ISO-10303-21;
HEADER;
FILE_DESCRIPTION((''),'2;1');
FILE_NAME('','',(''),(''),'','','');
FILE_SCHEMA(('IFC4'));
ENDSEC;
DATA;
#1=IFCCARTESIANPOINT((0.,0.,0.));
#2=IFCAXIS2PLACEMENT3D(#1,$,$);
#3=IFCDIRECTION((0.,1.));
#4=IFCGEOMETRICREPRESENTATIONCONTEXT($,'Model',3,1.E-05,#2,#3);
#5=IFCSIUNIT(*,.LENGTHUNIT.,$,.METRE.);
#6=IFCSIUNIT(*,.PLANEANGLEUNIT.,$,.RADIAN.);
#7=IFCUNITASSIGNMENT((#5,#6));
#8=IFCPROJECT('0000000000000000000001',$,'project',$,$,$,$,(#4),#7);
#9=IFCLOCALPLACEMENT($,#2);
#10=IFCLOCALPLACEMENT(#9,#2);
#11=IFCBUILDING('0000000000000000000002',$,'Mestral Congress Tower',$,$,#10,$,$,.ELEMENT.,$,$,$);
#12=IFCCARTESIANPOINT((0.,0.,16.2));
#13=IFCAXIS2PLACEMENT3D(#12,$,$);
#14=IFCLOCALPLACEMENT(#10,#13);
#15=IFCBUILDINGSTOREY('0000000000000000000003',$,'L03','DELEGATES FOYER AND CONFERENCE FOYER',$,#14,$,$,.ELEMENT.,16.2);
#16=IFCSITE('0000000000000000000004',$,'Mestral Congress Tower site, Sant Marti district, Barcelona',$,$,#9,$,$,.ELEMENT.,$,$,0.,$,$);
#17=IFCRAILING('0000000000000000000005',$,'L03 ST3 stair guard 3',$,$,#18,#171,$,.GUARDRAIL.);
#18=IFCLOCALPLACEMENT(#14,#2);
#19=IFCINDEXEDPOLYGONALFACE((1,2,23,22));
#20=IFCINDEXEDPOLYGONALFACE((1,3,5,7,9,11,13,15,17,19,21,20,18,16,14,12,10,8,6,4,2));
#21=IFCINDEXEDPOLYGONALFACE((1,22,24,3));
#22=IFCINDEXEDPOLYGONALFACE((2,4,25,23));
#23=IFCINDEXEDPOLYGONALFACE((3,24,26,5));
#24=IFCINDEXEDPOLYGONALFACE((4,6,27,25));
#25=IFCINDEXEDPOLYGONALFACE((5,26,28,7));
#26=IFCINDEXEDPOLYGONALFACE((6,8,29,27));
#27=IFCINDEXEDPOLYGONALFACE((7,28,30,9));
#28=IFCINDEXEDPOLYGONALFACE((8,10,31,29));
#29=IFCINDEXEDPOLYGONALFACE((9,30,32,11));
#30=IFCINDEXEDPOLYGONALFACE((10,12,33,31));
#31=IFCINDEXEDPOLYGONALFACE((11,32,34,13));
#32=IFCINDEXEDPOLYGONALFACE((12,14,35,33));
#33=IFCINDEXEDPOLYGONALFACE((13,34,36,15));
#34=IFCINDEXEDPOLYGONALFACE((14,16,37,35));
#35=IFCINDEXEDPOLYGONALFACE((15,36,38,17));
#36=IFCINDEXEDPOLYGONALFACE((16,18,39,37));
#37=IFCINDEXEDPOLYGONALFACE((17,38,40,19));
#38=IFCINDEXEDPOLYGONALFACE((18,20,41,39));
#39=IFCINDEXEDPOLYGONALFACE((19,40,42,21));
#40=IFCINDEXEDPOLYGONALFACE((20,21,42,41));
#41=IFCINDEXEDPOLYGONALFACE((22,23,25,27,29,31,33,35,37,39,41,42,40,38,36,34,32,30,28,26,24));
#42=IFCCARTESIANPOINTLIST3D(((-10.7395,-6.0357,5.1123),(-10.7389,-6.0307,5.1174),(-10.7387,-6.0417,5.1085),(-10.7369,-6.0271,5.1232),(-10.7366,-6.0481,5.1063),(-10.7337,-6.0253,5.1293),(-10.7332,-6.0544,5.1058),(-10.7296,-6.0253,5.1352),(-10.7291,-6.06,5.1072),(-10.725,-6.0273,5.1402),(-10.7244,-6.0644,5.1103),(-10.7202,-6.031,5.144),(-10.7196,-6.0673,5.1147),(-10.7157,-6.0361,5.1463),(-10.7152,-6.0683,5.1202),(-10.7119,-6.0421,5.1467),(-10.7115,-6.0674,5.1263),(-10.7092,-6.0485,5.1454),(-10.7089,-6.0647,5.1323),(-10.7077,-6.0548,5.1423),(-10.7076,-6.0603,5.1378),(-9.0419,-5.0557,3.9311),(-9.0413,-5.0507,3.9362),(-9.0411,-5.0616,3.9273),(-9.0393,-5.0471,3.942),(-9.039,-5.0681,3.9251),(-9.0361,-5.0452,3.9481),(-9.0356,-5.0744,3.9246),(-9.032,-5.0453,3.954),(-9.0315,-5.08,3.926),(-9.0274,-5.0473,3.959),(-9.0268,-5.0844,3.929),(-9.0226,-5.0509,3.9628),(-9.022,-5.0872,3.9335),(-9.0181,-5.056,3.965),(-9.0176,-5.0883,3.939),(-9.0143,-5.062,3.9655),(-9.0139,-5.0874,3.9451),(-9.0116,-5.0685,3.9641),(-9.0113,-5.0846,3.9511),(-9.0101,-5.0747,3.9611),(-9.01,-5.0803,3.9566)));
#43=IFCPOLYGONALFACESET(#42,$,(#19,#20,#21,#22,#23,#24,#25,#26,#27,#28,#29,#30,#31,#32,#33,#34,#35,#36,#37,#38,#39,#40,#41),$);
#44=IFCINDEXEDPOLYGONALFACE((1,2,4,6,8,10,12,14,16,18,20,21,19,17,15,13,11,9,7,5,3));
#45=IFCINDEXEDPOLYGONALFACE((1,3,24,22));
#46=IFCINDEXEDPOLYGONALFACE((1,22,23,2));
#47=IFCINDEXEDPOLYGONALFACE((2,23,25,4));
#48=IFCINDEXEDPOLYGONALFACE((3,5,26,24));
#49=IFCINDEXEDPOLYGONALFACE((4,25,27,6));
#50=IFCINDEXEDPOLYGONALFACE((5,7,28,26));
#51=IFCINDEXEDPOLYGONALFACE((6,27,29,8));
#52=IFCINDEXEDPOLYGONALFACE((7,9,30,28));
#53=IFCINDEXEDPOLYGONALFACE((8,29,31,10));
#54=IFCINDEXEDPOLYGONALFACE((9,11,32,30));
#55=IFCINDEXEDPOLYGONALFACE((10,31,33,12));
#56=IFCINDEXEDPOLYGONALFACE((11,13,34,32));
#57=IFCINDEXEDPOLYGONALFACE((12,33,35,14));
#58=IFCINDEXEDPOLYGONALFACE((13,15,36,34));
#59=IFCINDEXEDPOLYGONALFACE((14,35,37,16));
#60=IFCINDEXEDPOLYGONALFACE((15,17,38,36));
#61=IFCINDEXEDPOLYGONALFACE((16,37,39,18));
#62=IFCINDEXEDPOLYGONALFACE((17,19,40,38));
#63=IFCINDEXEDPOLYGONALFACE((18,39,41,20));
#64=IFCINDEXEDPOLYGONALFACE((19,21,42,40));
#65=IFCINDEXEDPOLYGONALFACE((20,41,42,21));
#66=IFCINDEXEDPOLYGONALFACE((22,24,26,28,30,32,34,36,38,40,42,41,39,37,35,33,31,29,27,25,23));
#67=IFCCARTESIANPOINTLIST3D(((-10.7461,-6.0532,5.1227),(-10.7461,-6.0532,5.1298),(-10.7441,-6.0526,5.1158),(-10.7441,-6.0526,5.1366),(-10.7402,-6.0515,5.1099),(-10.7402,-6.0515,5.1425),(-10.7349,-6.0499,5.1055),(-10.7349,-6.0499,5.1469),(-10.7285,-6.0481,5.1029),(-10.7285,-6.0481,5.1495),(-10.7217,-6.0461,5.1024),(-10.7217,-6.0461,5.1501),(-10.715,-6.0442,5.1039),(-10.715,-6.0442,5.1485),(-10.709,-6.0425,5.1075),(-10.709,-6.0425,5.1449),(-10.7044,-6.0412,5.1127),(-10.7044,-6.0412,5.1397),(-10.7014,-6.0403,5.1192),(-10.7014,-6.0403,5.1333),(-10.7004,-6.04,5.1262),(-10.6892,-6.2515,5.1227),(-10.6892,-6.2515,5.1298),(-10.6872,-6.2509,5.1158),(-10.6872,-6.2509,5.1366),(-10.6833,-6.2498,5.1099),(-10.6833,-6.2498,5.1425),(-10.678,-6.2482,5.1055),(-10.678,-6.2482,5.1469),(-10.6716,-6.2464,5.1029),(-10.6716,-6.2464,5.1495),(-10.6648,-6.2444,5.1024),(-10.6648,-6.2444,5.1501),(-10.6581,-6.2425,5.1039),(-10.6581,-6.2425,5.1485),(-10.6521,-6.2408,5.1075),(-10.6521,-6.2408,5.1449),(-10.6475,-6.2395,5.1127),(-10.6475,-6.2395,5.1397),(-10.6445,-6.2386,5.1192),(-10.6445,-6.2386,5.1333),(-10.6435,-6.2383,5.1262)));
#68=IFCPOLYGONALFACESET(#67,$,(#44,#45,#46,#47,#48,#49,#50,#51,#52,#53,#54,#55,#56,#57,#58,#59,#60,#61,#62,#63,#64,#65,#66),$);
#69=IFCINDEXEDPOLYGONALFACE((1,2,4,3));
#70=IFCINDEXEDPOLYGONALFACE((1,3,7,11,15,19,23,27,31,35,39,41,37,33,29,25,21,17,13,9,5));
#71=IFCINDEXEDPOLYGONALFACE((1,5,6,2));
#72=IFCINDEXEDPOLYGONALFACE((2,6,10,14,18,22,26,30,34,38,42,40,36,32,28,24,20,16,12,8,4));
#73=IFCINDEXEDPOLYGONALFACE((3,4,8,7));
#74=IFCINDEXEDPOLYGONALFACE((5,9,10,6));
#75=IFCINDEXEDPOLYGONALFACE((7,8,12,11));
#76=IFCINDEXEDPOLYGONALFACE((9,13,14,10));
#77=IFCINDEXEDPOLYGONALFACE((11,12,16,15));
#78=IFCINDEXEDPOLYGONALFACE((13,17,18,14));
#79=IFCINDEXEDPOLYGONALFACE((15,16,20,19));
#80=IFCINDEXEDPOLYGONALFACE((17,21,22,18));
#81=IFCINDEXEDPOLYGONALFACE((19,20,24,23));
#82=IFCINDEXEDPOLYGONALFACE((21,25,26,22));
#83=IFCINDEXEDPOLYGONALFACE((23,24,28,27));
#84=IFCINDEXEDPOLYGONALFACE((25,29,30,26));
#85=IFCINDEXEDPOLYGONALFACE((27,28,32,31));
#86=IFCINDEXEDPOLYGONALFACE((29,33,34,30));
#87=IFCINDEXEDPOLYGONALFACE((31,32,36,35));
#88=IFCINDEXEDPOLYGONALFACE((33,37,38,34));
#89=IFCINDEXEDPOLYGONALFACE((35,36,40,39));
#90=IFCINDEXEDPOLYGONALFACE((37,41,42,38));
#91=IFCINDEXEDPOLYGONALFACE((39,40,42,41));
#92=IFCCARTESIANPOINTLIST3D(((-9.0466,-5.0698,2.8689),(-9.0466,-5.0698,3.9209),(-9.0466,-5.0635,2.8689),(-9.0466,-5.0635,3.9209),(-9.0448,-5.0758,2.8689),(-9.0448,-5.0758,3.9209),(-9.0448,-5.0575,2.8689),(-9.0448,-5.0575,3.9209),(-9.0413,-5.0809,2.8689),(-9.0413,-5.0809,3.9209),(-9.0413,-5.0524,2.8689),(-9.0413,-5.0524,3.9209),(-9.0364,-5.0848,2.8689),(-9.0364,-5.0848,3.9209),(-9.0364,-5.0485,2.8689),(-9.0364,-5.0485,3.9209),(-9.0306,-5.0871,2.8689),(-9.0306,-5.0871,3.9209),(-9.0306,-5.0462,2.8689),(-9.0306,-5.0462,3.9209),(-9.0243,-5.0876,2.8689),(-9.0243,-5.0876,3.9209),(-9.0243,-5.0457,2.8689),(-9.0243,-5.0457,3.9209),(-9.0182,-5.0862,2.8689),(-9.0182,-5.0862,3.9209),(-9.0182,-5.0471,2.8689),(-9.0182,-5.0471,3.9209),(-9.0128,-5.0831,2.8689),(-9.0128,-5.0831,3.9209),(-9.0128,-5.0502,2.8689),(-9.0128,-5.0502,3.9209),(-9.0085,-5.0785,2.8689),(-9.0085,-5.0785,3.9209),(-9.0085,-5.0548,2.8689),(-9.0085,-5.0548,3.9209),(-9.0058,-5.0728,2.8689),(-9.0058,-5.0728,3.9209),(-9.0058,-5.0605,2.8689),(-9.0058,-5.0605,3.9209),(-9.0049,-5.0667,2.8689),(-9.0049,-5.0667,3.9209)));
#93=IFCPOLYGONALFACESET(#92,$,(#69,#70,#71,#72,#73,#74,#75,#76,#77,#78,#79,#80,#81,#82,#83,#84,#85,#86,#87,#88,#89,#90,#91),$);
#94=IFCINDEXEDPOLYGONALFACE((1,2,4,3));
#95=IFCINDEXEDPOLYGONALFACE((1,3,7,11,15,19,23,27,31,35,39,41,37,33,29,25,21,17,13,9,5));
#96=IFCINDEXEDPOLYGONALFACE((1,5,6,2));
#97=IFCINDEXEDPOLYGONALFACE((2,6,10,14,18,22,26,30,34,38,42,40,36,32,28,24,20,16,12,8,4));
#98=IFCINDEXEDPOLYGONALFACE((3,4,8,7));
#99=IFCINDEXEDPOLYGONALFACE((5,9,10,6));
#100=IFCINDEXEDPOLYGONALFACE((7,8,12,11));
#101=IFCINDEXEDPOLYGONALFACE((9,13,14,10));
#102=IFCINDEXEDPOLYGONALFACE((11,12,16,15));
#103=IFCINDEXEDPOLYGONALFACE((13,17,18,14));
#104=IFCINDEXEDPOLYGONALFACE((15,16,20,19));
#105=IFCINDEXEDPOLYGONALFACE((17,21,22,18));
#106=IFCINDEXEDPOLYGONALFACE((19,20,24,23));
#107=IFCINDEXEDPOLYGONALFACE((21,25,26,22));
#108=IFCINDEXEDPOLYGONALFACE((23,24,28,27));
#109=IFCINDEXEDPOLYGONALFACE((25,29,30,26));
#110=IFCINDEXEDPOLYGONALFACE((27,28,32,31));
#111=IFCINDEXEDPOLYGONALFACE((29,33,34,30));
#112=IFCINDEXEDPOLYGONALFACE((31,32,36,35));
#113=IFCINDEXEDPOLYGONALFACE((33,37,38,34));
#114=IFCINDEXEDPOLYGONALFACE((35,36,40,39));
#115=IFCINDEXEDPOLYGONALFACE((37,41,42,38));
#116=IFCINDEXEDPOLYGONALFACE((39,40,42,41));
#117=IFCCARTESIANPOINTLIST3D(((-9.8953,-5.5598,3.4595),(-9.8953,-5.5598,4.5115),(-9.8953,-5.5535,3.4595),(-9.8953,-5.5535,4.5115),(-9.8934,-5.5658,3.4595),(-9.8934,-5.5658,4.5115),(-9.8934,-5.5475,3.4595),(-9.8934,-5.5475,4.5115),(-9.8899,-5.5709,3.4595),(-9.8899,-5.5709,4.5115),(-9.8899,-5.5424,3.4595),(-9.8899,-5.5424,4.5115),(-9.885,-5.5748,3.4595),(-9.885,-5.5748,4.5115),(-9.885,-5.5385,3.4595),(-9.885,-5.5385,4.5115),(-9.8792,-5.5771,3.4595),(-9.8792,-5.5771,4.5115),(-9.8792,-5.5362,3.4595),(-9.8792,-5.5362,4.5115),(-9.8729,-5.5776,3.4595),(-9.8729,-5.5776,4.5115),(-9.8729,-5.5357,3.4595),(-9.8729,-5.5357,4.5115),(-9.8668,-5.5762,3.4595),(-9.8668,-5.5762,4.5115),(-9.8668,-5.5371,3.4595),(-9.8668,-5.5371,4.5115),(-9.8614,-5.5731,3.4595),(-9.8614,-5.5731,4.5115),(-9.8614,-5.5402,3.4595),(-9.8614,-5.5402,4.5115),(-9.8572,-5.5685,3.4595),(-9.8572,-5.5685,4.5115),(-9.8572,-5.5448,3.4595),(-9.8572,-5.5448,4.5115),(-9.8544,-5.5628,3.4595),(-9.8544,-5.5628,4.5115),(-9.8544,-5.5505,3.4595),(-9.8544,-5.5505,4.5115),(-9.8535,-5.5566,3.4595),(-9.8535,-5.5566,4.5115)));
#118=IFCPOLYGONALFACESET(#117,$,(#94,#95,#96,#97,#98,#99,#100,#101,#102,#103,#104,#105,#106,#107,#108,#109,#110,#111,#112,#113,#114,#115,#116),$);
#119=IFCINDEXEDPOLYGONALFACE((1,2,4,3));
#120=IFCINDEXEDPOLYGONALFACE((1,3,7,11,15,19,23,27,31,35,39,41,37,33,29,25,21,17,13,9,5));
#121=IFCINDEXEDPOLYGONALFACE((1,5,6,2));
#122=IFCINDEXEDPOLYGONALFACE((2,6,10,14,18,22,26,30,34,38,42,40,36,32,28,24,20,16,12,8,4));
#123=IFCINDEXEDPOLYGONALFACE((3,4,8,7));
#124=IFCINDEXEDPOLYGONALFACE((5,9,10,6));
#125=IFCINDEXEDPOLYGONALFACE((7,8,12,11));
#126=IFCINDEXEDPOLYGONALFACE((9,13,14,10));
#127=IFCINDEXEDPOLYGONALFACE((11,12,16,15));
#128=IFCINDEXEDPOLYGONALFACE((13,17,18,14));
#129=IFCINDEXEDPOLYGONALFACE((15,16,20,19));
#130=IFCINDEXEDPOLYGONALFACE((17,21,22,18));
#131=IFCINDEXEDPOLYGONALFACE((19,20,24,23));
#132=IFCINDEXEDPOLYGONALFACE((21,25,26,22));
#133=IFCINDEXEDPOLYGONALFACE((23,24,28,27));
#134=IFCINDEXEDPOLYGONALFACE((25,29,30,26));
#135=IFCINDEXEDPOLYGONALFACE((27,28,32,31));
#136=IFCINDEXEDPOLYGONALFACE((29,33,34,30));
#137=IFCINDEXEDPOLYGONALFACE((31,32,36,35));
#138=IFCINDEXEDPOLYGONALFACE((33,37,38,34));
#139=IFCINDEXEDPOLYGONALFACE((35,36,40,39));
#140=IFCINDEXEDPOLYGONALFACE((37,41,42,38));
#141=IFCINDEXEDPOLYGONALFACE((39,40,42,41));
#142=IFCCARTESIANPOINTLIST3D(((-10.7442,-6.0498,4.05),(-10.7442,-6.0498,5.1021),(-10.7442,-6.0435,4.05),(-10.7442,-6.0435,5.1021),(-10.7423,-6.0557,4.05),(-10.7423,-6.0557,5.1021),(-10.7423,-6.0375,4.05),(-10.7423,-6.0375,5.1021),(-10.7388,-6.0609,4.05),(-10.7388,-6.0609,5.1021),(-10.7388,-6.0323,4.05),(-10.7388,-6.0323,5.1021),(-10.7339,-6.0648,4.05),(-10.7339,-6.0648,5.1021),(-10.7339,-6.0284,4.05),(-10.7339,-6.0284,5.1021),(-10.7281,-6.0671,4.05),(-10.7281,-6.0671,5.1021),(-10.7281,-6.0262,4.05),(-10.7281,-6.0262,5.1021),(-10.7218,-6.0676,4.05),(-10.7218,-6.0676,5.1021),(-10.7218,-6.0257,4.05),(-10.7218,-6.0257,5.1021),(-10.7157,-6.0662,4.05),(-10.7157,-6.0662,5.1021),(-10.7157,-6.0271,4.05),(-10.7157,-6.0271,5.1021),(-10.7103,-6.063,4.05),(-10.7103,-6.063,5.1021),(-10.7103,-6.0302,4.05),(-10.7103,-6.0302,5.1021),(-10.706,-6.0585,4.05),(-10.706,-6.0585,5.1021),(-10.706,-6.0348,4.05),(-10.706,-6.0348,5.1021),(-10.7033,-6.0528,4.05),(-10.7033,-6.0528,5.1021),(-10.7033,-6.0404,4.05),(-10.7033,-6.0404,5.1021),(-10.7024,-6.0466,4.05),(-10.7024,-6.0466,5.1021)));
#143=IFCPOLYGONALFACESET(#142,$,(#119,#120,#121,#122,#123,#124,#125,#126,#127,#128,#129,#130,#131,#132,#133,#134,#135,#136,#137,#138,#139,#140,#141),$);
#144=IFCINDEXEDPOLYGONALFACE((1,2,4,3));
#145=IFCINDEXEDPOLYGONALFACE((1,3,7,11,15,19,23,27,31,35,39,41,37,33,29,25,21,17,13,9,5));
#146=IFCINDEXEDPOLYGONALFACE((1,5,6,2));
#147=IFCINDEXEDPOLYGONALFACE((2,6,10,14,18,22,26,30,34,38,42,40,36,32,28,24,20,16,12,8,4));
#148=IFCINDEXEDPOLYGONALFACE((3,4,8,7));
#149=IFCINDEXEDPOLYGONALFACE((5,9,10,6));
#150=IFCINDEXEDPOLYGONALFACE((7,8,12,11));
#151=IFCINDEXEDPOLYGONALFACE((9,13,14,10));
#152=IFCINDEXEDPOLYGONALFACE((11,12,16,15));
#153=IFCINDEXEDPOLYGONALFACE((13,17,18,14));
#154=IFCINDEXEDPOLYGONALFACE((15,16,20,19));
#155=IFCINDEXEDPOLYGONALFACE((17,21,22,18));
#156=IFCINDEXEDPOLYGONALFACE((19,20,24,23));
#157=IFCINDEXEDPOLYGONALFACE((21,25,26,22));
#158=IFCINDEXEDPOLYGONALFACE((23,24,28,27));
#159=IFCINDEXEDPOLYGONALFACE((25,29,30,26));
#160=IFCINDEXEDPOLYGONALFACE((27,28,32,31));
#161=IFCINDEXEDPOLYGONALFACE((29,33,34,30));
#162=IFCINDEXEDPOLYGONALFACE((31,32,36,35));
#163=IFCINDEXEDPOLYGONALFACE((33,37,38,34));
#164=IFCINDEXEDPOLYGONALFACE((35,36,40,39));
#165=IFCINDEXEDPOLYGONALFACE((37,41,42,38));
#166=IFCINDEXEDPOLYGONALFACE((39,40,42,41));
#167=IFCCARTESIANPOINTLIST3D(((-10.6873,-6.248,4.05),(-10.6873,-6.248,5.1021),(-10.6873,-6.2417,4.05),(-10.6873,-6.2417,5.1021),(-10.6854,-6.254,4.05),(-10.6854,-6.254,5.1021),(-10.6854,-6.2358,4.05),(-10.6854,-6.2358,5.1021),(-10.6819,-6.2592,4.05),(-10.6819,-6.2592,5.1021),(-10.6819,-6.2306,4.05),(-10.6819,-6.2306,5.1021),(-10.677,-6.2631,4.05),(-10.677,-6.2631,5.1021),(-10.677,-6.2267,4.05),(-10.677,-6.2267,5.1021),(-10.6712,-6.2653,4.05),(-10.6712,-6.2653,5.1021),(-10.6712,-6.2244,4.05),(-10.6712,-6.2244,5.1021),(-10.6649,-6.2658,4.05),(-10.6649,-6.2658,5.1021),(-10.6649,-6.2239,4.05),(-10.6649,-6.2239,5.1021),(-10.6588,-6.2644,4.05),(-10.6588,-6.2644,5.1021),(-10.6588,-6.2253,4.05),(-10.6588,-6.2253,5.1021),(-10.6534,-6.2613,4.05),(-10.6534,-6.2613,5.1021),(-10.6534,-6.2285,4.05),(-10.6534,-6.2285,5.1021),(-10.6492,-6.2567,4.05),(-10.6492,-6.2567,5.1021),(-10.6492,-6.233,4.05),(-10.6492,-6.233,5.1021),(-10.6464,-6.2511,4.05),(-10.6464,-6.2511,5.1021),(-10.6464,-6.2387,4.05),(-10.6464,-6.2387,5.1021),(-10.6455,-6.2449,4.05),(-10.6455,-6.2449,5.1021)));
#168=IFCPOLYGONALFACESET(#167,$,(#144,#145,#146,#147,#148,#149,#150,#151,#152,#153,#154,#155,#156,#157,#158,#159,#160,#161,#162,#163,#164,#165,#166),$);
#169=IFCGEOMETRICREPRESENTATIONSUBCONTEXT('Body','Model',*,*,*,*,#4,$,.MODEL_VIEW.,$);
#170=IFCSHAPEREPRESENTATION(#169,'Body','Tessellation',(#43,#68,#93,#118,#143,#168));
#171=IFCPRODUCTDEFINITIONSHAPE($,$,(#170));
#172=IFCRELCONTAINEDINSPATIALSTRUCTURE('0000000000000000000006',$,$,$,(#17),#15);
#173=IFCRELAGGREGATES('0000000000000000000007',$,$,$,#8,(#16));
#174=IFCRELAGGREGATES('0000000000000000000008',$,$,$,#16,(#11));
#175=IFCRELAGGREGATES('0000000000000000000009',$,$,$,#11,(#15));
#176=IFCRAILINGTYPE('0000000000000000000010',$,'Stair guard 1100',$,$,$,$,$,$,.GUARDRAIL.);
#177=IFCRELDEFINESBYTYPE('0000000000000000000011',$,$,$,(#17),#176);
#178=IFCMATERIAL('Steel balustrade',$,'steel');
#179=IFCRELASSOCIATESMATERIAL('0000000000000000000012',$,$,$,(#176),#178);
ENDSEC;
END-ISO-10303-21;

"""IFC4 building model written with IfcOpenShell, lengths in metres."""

from ifc_helpers import new_model, si_unit, direction, frame, origin, origin_2d, place, context, subcontext, project, spatial, circle, extrude, material, type_object, element, save


model = new_model("IFC4")

# Units and contexts
model_context = context("Model", 3, precision=1e-05, world=origin(), true_north=direction((0.0, 1.0)))
body_context = subcontext(model_context, "Body", "Model", "MODEL_VIEW")
ifc_project = project(units=[si_unit("LENGTHUNIT", "METRE"), si_unit("PLANEANGLEUNIT", "RADIAN")], contexts=[model_context])

# Site, building, storey
site_placement = place(None, origin())
site = spatial("IfcSite", under=ifc_project, at=site_placement, Name="Mestral Congress Tower site, Sant Marti district, Barcelona", CompositionType="ELEMENT", RefElevation=0.0)
building_placement = place(site_placement, origin())
building = spatial("IfcBuilding", under=site, at=building_placement, Name="Mestral Congress Tower", CompositionType="ELEMENT")
storey_placement = place(building_placement, frame((0.0, 0.0, 16.2)))
storey = spatial("IfcBuildingStorey", under=building, at=storey_placement, Name="L03", Description="DELEGATES FOYER AND CONFERENCE FOYER", CompositionType="ELEMENT", Elevation=16.2)

# Railing
ifc_material_1 = material(Name="Steel balustrade", Category="steel")
railing_type_1 = type_object("IfcRailingType", Name="Stair guard 1100", PredefinedType="GUARDRAIL", material=ifc_material_1)
railing_1_placement = place(storey_placement, frame((-9.0259, -5.0667, 2.8689)))
element("IfcRailing", 1, at=railing_1_placement, inside=storey, type_object=railing_type_1, Name="L03 ST3 stair guard 3", PredefinedType="GUARDRAIL", context=body_context, shape_type="SweptSolid", body=[
    extrude(circle(Radius=0.0239, at=origin_2d()), frame((0.0, 0.0, 1.0762), z_axis=(-0.741771, -0.428228, 0.516135), x_axis=(0.49997, -0.866042, 0.0)), (0.0, 0.0, 1.0), 2.2886),
    extrude(circle(Radius=0.0239, at=origin_2d()), frame((-1.6975, -0.98, 2.2573), z_axis=(0.275815, -0.961211, 0.0), x_axis=(0.961211, 0.275815, 0.0)), (0.0, 0.0, 1.0), 0.2063),
    extrude(circle(Radius=0.021, at=origin_2d()), origin(), (0.0, 0.0, 1.0), 1.052),
    extrude(circle(Radius=0.021, at=origin_2d()), frame((-0.8486, -0.49, 0.5906)), (0.0, 0.0, 1.0), 1.052),
    extrude(circle(Radius=0.021, at=origin_2d()), frame((-1.6975, -0.98, 1.1812)), (0.0, 0.0, 1.0), 1.052),
    extrude(circle(Radius=0.021, at=origin_2d()), frame((-1.6406, -1.1782, 1.1812)), (0.0, 0.0, 1.0), 1.052),
])

save(model, "model.ifc")
